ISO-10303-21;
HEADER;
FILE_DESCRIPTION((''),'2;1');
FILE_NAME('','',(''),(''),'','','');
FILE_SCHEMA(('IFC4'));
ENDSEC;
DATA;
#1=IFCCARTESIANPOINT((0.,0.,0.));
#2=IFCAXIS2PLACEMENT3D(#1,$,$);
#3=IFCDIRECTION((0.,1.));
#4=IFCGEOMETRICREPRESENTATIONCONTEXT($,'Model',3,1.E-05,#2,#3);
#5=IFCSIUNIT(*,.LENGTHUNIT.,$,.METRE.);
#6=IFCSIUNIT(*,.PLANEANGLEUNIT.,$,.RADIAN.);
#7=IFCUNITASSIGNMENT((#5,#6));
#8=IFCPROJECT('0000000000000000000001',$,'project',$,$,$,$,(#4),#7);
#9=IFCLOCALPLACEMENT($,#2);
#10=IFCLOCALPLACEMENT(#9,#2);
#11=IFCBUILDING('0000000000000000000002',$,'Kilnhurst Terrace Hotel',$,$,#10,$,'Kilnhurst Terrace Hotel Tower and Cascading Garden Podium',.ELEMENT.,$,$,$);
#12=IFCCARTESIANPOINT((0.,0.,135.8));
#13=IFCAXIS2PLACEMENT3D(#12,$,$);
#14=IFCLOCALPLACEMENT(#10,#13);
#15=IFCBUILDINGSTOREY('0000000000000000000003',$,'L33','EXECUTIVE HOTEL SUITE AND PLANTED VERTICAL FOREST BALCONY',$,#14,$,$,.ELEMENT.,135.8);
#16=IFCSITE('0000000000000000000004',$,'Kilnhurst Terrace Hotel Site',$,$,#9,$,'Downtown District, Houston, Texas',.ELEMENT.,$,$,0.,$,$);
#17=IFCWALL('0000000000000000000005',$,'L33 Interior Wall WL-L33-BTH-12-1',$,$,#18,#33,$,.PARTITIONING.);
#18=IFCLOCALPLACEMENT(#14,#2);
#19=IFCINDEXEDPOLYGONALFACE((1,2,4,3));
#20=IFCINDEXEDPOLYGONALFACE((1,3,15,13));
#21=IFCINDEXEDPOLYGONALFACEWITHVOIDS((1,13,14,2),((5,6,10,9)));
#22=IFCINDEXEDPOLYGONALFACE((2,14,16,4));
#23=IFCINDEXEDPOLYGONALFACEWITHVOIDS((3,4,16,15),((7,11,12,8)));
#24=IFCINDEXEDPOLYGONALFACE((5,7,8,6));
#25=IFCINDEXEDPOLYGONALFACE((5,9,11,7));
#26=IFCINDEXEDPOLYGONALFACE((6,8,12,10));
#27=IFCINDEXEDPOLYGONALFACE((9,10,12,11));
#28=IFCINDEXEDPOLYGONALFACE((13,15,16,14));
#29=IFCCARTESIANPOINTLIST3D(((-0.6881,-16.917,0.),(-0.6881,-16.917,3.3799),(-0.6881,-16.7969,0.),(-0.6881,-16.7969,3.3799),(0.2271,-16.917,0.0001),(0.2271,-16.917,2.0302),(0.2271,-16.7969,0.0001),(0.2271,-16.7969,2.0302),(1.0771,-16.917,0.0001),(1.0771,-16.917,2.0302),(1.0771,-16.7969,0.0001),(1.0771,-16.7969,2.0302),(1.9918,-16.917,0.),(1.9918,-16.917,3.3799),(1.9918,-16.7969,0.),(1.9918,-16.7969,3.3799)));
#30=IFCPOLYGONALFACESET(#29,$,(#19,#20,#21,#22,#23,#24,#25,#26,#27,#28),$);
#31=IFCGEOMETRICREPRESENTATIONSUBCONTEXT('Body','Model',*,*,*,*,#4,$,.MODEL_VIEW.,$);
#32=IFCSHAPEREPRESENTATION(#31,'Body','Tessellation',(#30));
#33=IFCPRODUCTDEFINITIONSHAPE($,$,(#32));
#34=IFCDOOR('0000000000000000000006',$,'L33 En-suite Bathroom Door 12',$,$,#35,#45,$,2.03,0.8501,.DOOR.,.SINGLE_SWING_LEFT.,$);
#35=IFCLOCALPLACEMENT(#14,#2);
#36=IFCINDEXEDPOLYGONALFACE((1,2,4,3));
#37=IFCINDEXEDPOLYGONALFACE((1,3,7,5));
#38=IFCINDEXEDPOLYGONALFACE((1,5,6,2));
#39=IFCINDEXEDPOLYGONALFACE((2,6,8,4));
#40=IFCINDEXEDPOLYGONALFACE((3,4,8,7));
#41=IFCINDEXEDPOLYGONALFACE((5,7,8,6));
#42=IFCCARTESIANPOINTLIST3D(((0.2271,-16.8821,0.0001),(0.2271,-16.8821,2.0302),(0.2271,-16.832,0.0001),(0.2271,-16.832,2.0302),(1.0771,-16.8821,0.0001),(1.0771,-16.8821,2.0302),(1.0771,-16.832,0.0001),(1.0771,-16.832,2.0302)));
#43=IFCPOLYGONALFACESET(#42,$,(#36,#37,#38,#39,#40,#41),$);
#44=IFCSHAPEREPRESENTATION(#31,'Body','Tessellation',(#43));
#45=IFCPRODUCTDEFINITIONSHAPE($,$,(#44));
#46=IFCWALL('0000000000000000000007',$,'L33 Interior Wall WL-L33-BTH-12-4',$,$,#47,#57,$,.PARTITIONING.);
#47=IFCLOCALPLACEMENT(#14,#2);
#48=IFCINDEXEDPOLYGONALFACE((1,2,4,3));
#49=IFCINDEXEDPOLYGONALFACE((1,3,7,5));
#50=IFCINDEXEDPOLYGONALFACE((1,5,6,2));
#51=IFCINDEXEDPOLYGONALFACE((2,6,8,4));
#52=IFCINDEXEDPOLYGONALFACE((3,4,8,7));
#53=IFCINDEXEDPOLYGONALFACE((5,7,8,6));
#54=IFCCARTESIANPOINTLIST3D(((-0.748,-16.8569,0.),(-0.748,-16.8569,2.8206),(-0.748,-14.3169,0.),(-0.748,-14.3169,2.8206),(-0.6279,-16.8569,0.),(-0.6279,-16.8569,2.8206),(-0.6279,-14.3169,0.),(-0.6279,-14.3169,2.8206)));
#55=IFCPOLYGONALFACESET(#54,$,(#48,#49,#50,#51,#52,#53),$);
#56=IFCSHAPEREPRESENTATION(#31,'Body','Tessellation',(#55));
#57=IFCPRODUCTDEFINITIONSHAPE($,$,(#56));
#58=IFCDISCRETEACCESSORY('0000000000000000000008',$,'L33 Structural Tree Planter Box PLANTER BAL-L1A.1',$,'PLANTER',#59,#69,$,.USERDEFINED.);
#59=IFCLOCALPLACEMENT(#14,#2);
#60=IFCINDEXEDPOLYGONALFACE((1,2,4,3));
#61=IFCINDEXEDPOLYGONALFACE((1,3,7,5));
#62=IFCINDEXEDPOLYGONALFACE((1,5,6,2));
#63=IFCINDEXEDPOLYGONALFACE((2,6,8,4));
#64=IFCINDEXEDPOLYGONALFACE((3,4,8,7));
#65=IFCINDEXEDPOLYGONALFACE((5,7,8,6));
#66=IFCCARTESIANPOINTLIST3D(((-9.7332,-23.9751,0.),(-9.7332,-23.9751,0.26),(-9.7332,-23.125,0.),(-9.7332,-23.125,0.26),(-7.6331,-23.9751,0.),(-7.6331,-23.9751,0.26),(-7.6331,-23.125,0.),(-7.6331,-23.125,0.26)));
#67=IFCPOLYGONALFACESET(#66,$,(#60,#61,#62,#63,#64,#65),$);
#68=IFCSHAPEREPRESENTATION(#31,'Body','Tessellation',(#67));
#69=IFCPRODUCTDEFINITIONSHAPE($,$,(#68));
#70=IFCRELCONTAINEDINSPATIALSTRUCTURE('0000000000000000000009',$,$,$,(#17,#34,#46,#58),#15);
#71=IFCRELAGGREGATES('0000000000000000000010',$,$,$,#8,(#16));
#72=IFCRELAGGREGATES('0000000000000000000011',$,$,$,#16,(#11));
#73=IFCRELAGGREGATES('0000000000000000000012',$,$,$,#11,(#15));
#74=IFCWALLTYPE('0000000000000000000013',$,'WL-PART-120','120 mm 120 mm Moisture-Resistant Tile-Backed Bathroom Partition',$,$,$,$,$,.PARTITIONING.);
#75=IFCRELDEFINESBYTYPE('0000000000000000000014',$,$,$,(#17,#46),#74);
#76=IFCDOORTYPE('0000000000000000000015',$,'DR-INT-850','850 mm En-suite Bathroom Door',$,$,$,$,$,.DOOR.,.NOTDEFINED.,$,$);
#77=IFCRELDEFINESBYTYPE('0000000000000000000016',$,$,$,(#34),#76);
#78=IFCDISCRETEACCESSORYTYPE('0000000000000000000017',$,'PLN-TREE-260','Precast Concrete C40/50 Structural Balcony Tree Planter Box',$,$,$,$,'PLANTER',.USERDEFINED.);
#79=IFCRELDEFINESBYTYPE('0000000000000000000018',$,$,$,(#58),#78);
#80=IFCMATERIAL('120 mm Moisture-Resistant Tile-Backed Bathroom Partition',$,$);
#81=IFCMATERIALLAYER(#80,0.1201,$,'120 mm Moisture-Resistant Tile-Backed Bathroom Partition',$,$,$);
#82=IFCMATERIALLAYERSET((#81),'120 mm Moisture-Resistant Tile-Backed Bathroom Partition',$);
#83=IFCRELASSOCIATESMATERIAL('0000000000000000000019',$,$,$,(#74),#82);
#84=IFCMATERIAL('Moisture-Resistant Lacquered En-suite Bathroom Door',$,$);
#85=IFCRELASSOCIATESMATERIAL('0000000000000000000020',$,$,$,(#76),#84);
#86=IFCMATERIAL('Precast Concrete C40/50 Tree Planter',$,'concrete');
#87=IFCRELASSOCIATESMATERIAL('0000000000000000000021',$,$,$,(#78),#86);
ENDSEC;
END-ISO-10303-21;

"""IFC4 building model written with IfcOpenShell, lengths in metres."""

from ifc_helpers import new_model, si_unit, direction, frame, frame_2d, origin, origin_2d, place, context, subcontext, project, spatial, rectangle, extrude, material, layer, layer_set, type_object, element, fill, save


model = new_model("IFC4")

# Units and contexts
model_context = context("Model", 3, precision=1e-05, world=origin(), true_north=direction((0.0, 1.0)))
body_context = subcontext(model_context, "Body", "Model", "MODEL_VIEW")
ifc_project = project(units=[si_unit("LENGTHUNIT", "METRE"), si_unit("PLANEANGLEUNIT", "RADIAN")], contexts=[model_context])

# Site, building, storey
site_placement = place(None, origin())
site = spatial("IfcSite", under=ifc_project, at=site_placement, Name="Kilnhurst Terrace Hotel Site", LongName="Downtown District, Houston, Texas", CompositionType="ELEMENT", RefElevation=0.0)
building_placement = place(site_placement, origin())
building = spatial("IfcBuilding", under=site, at=building_placement, Name="Kilnhurst Terrace Hotel", LongName="Kilnhurst Terrace Hotel Tower and Cascading Garden Podium", CompositionType="ELEMENT")
storey_placement = place(building_placement, frame((0.0, 0.0, 135.8)))
storey = spatial("IfcBuildingStorey", under=building, at=storey_placement, Name="L33", Description="EXECUTIVE HOTEL SUITE AND PLANTED VERTICAL FOREST BALCONY", CompositionType="ELEMENT", Elevation=135.8)

# Wall, opening, door
ifc_material_1 = material(Name="120 mm Moisture-Resistant Tile-Backed Bathroom Partition")
ifc_layer_1 = layer(ifc_material_1, 0.1201, Name="120 mm Moisture-Resistant Tile-Backed Bathroom Partition")
ifc_layer_set_1 = layer_set([ifc_layer_1], Name="120 mm Moisture-Resistant Tile-Backed Bathroom Partition")
wall_type_1 = type_object("IfcWallType", Name="WL-PART-120", Description="120 mm 120 mm Moisture-Resistant Tile-Backed Bathroom Partition", PredefinedType="PARTITIONING", material=ifc_layer_set_1)
wall_1_placement = place(storey_placement, frame((-0.688, -16.8569, 0.0), z_axis=(0.0, 0.0, 1.0), x_axis=(1.0, 0.0, 0.0)))
wall_1 = element("IfcWall", 1, at=wall_1_placement, inside=storey, type_object=wall_type_1, Name="L33 Interior Wall WL-L33-BTH-12-1", PredefinedType="PARTITIONING", context=body_context, shape_type="SweptSolid", body=[
    extrude(rectangle(XDim=2.6799, YDim=0.1201, at=frame_2d((1.3398, 0.0))), origin(), (0.0, 0.0, 1.0), 3.3799),
])
opening_1_placement = place(wall_1_placement, frame((0.915, 0.0, 0.0)))
opening_1 = element("IfcOpeningElement", 2, at=opening_1_placement, cuts=wall_1, PredefinedType="OPENING", context=body_context, shape_type="SweptSolid", body=[
    extrude(rectangle(XDim=0.8501, YDim=2.03, at=frame_2d((0.425, 1.0151))), frame((0.0, 0.0701, 0.0), z_axis=(0.0, -1.0, 0.0), x_axis=(1.0, 0.0, 0.0)), (0.0, 0.0, 1.0), 0.1401),
])
ifc_material_2 = material(Name="Moisture-Resistant Lacquered En-suite Bathroom Door")
door_type_1 = type_object("IfcDoorType", Name="DR-INT-850", Description="850 mm En-suite Bathroom Door", OperationType="NOTDEFINED", PredefinedType="DOOR", material=ifc_material_2)
door_1_placement = place(opening_1_placement, origin())
door_1 = element("IfcDoor", 3, at=door_1_placement, inside=storey, type_object=door_type_1, Name="L33 En-suite Bathroom Door 12", OperationType="SINGLE_SWING_LEFT", OverallHeight=2.03, OverallWidth=0.8501, PredefinedType="DOOR", context=body_context, shape_type="SweptSolid", body=[
    extrude(rectangle(XDim=0.8501, YDim=2.03, at=frame_2d((0.425, 1.0151))), frame((0.0, 0.0249, 0.0), z_axis=(0.0, -1.0, 0.0), x_axis=(1.0, 0.0, 0.0)), (0.0, 0.0, 1.0), 0.05),
])
fill(opening_1, door_1)

# Wall
wall_2_placement = place(storey_placement, frame((-0.688, -14.3169, 0.0), z_axis=(0.0, 0.0, 1.0), x_axis=(0.0, -1.0, 0.0)))
element("IfcWall", 4, at=wall_2_placement, inside=storey, type_object=wall_type_1, Name="L33 Interior Wall WL-L33-BTH-12-4", PredefinedType="PARTITIONING", context=body_context, shape_type="SweptSolid", body=[
    extrude(rectangle(XDim=2.54, YDim=0.1201, at=frame_2d((1.27, 0.0))), origin(), (0.0, 0.0, 1.0), 2.8206),
])

# Discrete accessory
ifc_material_3 = material(Name="Precast Concrete C40/50 Tree Planter", Category="concrete")
discrete_accessory_type = type_object("IfcDiscreteAccessoryType", Name="PLN-TREE-260", Description="Precast Concrete C40/50 Structural Balcony Tree Planter Box", ElementType="PLANTER", PredefinedType="USERDEFINED", material=ifc_material_3)
discrete_accessory_placement = place(storey_placement, frame((-8.6831, -23.55, 0.0), z_axis=(0.0, 0.0, 1.0), x_axis=(1.0, 0.0, 0.0)))
element("IfcDiscreteAccessory", 5, at=discrete_accessory_placement, inside=storey, type_object=discrete_accessory_type, Name="L33 Structural Tree Planter Box PLANTER BAL-L1A.1", ObjectType="PLANTER", PredefinedType="USERDEFINED", context=body_context, shape_type="SweptSolid", body=[
    extrude(rectangle(XDim=2.1001, YDim=0.8501, at=origin_2d()), origin(), (0.0, 0.0, 1.0), 0.26),
])

save(model, "model.ifc")
